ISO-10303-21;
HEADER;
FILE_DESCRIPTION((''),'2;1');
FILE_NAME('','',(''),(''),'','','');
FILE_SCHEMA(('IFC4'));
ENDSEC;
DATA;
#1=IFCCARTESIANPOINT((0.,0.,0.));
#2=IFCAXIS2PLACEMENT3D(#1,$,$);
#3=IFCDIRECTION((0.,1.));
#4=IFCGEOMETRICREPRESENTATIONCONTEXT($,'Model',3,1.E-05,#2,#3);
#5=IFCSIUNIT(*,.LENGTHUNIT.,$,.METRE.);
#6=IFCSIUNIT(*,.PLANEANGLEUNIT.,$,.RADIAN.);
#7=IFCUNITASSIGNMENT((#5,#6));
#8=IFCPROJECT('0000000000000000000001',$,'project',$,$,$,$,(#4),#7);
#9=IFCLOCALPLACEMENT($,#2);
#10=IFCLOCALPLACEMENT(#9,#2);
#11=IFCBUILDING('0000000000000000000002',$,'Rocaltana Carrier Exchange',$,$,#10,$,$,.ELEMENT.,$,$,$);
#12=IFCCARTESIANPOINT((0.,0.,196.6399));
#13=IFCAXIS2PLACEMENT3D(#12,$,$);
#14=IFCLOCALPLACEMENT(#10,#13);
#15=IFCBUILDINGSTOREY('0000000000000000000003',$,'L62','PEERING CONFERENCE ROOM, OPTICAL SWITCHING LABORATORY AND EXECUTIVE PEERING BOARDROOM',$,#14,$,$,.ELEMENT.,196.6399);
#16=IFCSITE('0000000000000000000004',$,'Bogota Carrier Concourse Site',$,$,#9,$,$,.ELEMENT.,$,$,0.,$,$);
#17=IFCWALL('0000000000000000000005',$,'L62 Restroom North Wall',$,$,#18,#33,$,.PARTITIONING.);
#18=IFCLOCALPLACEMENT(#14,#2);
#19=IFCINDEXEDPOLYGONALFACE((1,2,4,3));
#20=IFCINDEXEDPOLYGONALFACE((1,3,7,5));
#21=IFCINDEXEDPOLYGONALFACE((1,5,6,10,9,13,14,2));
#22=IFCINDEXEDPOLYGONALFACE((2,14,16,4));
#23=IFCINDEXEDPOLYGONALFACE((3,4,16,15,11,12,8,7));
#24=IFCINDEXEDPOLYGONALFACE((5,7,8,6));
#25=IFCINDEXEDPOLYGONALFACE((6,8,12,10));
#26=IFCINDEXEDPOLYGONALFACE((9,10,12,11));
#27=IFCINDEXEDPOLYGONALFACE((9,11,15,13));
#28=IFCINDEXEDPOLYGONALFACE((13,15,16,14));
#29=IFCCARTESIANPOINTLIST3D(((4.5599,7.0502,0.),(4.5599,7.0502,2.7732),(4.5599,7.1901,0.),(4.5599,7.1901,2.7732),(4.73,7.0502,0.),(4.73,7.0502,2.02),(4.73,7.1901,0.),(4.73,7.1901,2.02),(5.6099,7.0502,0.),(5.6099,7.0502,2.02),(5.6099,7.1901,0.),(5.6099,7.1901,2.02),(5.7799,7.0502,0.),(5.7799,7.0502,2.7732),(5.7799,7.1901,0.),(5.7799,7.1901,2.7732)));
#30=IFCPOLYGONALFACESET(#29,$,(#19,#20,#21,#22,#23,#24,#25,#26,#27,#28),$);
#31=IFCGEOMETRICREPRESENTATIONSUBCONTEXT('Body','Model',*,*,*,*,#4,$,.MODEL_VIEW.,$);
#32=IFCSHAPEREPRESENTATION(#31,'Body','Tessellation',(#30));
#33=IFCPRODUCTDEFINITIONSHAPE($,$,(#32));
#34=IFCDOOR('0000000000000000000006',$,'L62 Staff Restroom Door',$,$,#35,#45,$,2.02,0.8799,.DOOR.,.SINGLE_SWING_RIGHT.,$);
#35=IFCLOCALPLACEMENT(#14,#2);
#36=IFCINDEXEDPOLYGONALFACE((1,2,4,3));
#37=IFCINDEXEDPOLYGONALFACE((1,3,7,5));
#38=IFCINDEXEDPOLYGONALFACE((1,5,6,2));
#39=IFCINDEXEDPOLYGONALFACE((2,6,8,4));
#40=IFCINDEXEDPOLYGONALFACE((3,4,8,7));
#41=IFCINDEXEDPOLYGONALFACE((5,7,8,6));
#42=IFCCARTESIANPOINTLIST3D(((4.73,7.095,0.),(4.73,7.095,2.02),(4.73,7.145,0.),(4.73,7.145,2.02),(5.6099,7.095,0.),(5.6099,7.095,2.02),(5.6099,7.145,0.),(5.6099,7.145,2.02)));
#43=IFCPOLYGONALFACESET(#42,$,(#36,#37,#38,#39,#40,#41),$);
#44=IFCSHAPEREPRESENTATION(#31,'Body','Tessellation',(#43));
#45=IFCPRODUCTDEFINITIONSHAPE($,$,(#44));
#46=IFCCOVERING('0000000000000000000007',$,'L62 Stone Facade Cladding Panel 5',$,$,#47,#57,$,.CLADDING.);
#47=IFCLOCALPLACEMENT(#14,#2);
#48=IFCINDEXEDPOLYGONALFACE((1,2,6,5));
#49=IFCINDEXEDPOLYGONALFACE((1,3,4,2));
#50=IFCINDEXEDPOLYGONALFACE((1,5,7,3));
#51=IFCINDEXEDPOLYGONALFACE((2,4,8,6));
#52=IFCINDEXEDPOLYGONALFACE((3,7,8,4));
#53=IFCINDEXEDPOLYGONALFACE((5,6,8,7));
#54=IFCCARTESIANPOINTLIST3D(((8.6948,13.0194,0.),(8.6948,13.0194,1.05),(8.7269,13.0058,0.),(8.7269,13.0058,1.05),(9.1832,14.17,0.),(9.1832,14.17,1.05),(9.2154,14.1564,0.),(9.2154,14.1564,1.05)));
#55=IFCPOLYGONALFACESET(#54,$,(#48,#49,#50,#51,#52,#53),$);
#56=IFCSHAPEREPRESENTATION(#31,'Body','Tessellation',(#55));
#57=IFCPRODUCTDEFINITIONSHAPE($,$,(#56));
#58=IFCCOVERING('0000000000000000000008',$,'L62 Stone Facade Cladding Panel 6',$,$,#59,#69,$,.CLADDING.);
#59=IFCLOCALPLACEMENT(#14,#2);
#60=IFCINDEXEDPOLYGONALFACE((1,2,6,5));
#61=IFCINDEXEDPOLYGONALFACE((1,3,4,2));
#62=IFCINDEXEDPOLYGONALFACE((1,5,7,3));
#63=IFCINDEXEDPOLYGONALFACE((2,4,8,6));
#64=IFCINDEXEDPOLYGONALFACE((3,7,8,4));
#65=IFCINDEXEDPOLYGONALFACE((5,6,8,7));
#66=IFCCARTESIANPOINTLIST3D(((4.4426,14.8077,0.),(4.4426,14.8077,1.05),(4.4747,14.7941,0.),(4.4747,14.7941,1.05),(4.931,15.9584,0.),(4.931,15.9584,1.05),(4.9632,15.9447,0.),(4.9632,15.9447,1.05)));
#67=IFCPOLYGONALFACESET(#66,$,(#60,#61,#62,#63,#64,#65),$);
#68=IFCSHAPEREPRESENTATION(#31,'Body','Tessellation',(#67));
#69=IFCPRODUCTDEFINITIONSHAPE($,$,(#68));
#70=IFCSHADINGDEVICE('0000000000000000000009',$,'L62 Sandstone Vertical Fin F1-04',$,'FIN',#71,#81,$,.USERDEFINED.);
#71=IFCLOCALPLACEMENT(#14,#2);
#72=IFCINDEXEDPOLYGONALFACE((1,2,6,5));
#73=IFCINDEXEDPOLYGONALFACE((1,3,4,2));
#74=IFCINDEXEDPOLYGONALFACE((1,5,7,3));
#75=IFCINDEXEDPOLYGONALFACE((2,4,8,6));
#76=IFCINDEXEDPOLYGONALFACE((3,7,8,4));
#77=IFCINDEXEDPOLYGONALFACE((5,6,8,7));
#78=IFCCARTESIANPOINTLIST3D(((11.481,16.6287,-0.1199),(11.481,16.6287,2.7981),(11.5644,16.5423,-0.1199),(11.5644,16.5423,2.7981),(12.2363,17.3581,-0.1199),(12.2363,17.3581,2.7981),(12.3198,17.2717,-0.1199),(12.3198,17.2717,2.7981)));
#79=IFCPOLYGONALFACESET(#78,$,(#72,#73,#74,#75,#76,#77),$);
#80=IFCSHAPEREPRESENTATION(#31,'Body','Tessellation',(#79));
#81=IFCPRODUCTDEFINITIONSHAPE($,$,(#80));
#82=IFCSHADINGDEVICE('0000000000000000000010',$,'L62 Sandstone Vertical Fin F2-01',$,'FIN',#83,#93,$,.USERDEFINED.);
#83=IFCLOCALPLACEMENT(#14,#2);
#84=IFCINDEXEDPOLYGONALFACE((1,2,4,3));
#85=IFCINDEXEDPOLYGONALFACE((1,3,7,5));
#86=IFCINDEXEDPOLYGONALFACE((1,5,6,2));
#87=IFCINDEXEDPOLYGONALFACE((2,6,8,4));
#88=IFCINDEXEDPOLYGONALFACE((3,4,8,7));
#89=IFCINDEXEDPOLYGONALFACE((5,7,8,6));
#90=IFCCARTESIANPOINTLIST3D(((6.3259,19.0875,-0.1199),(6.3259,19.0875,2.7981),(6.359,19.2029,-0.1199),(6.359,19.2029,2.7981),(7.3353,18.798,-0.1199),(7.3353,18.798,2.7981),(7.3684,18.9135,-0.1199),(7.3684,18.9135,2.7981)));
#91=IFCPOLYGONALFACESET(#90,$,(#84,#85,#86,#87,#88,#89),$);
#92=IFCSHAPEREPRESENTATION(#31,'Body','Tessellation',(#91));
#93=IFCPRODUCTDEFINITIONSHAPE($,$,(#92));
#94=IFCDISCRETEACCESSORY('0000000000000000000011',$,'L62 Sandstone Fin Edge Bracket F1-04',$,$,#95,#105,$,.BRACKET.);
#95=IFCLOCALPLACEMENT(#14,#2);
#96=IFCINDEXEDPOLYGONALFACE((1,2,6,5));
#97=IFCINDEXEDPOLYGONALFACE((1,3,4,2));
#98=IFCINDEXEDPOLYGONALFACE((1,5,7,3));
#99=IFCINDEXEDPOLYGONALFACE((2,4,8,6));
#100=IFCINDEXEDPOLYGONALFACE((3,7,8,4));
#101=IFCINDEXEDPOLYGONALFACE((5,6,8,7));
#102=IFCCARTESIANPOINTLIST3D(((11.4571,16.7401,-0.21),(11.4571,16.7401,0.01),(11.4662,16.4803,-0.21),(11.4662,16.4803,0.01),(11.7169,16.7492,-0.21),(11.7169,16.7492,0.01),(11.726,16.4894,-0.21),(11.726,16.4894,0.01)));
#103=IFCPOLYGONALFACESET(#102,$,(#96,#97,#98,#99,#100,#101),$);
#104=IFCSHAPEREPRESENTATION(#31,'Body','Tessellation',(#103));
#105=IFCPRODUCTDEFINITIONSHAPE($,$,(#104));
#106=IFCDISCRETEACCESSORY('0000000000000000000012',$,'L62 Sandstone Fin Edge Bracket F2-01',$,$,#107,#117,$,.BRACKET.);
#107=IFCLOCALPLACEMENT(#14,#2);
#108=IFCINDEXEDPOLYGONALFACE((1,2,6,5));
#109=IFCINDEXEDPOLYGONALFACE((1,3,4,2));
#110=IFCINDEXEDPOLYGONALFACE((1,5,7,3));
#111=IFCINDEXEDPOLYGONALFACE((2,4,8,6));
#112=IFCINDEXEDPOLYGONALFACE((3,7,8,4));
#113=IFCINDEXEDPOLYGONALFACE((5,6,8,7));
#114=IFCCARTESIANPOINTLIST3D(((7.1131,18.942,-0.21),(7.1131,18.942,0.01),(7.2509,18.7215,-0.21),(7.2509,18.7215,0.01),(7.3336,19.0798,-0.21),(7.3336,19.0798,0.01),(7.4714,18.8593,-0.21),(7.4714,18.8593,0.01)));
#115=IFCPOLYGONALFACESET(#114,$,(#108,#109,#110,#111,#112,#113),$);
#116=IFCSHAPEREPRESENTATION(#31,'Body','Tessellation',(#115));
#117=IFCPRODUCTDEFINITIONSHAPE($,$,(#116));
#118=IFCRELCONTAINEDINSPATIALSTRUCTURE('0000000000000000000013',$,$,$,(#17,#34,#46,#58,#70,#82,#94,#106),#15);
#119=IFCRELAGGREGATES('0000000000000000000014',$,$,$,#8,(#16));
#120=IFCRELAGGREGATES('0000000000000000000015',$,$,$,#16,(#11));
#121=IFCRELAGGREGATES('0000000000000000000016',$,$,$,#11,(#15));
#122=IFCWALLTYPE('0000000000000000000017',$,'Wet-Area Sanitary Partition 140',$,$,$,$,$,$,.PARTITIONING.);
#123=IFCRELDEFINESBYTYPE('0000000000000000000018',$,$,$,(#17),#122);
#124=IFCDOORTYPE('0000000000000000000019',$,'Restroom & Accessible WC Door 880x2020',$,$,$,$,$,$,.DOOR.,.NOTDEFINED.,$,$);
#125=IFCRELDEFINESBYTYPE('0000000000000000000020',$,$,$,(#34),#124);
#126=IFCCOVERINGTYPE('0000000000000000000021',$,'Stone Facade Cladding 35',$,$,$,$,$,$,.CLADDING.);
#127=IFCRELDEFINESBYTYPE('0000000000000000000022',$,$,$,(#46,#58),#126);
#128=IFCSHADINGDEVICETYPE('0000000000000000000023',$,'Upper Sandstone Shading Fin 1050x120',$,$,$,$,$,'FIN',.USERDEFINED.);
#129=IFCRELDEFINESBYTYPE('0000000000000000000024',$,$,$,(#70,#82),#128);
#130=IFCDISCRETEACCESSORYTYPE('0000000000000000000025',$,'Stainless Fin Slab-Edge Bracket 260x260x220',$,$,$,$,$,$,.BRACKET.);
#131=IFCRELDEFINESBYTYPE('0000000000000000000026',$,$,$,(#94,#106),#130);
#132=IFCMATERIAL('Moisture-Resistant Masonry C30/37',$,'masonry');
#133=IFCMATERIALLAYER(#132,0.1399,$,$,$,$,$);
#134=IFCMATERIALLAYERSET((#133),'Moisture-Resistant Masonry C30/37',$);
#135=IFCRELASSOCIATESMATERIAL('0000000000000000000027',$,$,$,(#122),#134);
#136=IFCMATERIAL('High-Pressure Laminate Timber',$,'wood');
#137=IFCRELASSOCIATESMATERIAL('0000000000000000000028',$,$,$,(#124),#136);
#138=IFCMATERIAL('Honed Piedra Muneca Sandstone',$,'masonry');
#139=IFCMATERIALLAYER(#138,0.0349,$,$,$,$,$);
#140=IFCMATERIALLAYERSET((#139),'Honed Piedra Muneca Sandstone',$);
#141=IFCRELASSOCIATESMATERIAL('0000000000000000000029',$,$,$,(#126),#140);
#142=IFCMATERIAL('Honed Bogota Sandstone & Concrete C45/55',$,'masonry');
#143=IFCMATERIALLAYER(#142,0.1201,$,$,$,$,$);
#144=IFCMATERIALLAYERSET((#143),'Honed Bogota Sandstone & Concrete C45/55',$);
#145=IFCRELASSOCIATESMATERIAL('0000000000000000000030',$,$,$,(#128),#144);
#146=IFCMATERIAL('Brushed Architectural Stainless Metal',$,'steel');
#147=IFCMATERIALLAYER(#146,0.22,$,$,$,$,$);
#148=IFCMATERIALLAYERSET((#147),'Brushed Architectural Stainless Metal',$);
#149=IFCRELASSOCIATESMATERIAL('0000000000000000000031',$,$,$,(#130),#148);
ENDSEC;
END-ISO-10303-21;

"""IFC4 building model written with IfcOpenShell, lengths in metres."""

from ifc_helpers import new_model, si_unit, direction, frame, frame_2d, origin, origin_2d, place, context, subcontext, project, spatial, rectangle, extrude, material, layer, layer_set, type_object, element, fill, save


model = new_model("IFC4")

# Units and contexts
model_context = context("Model", 3, precision=1e-05, world=origin(), true_north=direction((0.0, 1.0)))
body_context = subcontext(model_context, "Body", "Model", "MODEL_VIEW")
ifc_project = project(units=[si_unit("LENGTHUNIT", "METRE"), si_unit("PLANEANGLEUNIT", "RADIAN")], contexts=[model_context])

# Site, building, storey
site_placement = place(None, origin())
site = spatial("IfcSite", under=ifc_project, at=site_placement, Name="Bogota Carrier Concourse Site", CompositionType="ELEMENT", RefElevation=0.0)
building_placement = place(site_placement, origin())
building = spatial("IfcBuilding", under=site, at=building_placement, Name="Rocaltana Carrier Exchange", CompositionType="ELEMENT")
storey_placement = place(building_placement, frame((0.0, 0.0, 196.6399)))
storey = spatial("IfcBuildingStorey", under=building, at=storey_placement, Name="L62", Description="PEERING CONFERENCE ROOM, OPTICAL SWITCHING LABORATORY AND EXECUTIVE PEERING BOARDROOM", CompositionType="ELEMENT", Elevation=196.6399)

# Wall, opening, door
ifc_material_1 = material(Name="Moisture-Resistant Masonry C30/37", Category="masonry")
ifc_layer_1 = layer(ifc_material_1, 0.1399)
ifc_layer_set_1 = layer_set([ifc_layer_1], Name="Moisture-Resistant Masonry C30/37")
wall_type_1 = type_object("IfcWallType", Name="Wet-Area Sanitary Partition 140", PredefinedType="PARTITIONING", material=ifc_layer_set_1)
wall_1_placement = place(storey_placement, frame((4.5601, 7.1201, 0.0), z_axis=(0.0, 0.0, 1.0), x_axis=(1.0, 0.0, 0.0)))
wall_1 = element("IfcWall", 1, at=wall_1_placement, inside=storey, type_object=wall_type_1, Name="L62 Restroom North Wall", PredefinedType="PARTITIONING", context=body_context, shape_type="SweptSolid", body=[
    extrude(rectangle(XDim=1.22, YDim=0.1399, at=frame_2d((0.6099, 0.0))), origin(), (0.0, 0.0, 1.0), 2.7732),
])
opening_1_placement = place(wall_1_placement, frame((0.1699, 0.0, 0.0)))
opening_1 = element("IfcOpeningElement", 2, at=opening_1_placement, cuts=wall_1, PredefinedType="OPENING", context=body_context, shape_type="SweptSolid", body=[
    extrude(rectangle(XDim=0.8799, YDim=2.02, at=frame_2d((0.4399, 1.01))), frame((0.0, 0.0798, 0.0), z_axis=(0.0, -1.0, 0.0), x_axis=(1.0, 0.0, 0.0)), (0.0, 0.0, 1.0), 0.1599),
])
ifc_material_2 = material(Name="High-Pressure Laminate Timber", Category="wood")
door_type_1 = type_object("IfcDoorType", Name="Restroom & Accessible WC Door 880x2020", OperationType="NOTDEFINED", PredefinedType="DOOR", material=ifc_material_2)
door_1_placement = place(opening_1_placement, origin())
door_1 = element("IfcDoor", 3, at=door_1_placement, inside=storey, type_object=door_type_1, Name="L62 Staff Restroom Door", OperationType="SINGLE_SWING_RIGHT", OverallHeight=2.02, OverallWidth=0.8799, PredefinedType="DOOR", context=body_context, shape_type="SweptSolid", body=[
    extrude(rectangle(XDim=0.8799, YDim=2.02, at=frame_2d((0.4399, 1.01))), frame((0.0, 0.0249, 0.0), z_axis=(0.0, -1.0, 0.0), x_axis=(1.0, 0.0, 0.0)), (0.0, 0.0, 1.0), 0.05),
])
fill(opening_1, door_1)

# Coverings
ifc_material_3 = material(Name="Honed Piedra Muneca Sandstone", Category="masonry")
ifc_layer_2 = layer(ifc_material_3, 0.0349)
ifc_layer_set_2 = layer_set([ifc_layer_2], Name="Honed Piedra Muneca Sandstone")
covering_type = type_object("IfcCoveringType", Name="Stone Facade Cladding 35", PredefinedType="CLADDING", material=ifc_layer_set_2)
for number, where, z_axis, x_axis, name in (
    (4, (8.9551, 13.5879, 0.0), (0.0, 0.0, 1.0), (0.390731, 0.920505, 0.0), "L62 Stone Facade Cladding Panel 5"),
    (5, (4.7029, 15.3762, 0.0), (0.0, 0.0, 1.0), (0.390731, 0.920505, 0.0), "L62 Stone Facade Cladding Panel 6"),
):
    element("IfcCovering", number, at=place(storey_placement, frame(where, z_axis=z_axis, x_axis=x_axis)), inside=storey, type_object=covering_type, Name=name, PredefinedType="CLADDING", context=body_context, shape_type="SweptSolid", body=[
        extrude(rectangle(XDim=1.25, YDim=0.0349, at=origin_2d()), origin(), (0.0, 0.0, 1.0), 1.05),
    ])

# Shading devices
ifc_material_4 = material(Name="Honed Bogota Sandstone & Concrete C45/55", Category="masonry")
ifc_layer_3 = layer(ifc_material_4, 0.1201)
ifc_layer_set_3 = layer_set([ifc_layer_3], Name="Honed Bogota Sandstone & Concrete C45/55")
shading_device_type = type_object("IfcShadingDeviceType", Name="Upper Sandstone Shading Fin 1050x120", ElementType="FIN", PredefinedType="USERDEFINED", material=ifc_layer_set_3)
for number, where, z_axis, x_axis, name in (
    (6, (11.9004, 16.9502, -0.1199), (0.0, 0.0, 1.0), (0.71934, 0.694658, 0.0), "L62 Sandstone Vertical Fin F1-04"),
    (7, (6.8472, 19.0005, -0.1199), (0.0, 0.0, 1.0), (-0.961262, 0.275637, 0.0), "L62 Sandstone Vertical Fin F2-01"),
):
    element("IfcShadingDevice", number, at=place(storey_placement, frame(where, z_axis=z_axis, x_axis=x_axis)), inside=storey, type_object=shading_device_type, Name=name, ObjectType="FIN", PredefinedType="USERDEFINED", context=body_context, shape_type="SweptSolid", body=[
        extrude(rectangle(XDim=1.05, YDim=0.1201, at=origin_2d()), origin(), (0.0, 0.0, 1.0), 2.918),
    ])

# Discrete accessories
ifc_material_5 = material(Name="Brushed Architectural Stainless Metal", Category="steel")
ifc_layer_4 = layer(ifc_material_5, 0.22)
ifc_layer_set_4 = layer_set([ifc_layer_4], Name="Brushed Architectural Stainless Metal")
discrete_accessory_type = type_object("IfcDiscreteAccessoryType", Name="Stainless Fin Slab-Edge Bracket 260x260x220", PredefinedType="BRACKET", material=ifc_layer_set_4)
for number, where, z_axis, x_axis, name in (
    (8, (11.5916, 16.6147, -0.21), (0.0, 0.0, 1.0), (-0.034899, 0.999391, 0.0), "L62 Sandstone Fin Edge Bracket F1-04"),
    (9, (7.2922, 18.9006, -0.21), (0.0, 0.0, 1.0), (-0.848048, -0.529919, 0.0), "L62 Sandstone Fin Edge Bracket F2-01"),
):
    element("IfcDiscreteAccessory", number, at=place(storey_placement, frame(where, z_axis=z_axis, x_axis=x_axis)), inside=storey, type_object=discrete_accessory_type, Name=name, PredefinedType="BRACKET", context=body_context, shape_type="SweptSolid", body=[
        extrude(rectangle(XDim=0.26, YDim=0.26, at=origin_2d()), origin(), (0.0, 0.0, 1.0), 0.22),
    ])

save(model, "model.ifc")
